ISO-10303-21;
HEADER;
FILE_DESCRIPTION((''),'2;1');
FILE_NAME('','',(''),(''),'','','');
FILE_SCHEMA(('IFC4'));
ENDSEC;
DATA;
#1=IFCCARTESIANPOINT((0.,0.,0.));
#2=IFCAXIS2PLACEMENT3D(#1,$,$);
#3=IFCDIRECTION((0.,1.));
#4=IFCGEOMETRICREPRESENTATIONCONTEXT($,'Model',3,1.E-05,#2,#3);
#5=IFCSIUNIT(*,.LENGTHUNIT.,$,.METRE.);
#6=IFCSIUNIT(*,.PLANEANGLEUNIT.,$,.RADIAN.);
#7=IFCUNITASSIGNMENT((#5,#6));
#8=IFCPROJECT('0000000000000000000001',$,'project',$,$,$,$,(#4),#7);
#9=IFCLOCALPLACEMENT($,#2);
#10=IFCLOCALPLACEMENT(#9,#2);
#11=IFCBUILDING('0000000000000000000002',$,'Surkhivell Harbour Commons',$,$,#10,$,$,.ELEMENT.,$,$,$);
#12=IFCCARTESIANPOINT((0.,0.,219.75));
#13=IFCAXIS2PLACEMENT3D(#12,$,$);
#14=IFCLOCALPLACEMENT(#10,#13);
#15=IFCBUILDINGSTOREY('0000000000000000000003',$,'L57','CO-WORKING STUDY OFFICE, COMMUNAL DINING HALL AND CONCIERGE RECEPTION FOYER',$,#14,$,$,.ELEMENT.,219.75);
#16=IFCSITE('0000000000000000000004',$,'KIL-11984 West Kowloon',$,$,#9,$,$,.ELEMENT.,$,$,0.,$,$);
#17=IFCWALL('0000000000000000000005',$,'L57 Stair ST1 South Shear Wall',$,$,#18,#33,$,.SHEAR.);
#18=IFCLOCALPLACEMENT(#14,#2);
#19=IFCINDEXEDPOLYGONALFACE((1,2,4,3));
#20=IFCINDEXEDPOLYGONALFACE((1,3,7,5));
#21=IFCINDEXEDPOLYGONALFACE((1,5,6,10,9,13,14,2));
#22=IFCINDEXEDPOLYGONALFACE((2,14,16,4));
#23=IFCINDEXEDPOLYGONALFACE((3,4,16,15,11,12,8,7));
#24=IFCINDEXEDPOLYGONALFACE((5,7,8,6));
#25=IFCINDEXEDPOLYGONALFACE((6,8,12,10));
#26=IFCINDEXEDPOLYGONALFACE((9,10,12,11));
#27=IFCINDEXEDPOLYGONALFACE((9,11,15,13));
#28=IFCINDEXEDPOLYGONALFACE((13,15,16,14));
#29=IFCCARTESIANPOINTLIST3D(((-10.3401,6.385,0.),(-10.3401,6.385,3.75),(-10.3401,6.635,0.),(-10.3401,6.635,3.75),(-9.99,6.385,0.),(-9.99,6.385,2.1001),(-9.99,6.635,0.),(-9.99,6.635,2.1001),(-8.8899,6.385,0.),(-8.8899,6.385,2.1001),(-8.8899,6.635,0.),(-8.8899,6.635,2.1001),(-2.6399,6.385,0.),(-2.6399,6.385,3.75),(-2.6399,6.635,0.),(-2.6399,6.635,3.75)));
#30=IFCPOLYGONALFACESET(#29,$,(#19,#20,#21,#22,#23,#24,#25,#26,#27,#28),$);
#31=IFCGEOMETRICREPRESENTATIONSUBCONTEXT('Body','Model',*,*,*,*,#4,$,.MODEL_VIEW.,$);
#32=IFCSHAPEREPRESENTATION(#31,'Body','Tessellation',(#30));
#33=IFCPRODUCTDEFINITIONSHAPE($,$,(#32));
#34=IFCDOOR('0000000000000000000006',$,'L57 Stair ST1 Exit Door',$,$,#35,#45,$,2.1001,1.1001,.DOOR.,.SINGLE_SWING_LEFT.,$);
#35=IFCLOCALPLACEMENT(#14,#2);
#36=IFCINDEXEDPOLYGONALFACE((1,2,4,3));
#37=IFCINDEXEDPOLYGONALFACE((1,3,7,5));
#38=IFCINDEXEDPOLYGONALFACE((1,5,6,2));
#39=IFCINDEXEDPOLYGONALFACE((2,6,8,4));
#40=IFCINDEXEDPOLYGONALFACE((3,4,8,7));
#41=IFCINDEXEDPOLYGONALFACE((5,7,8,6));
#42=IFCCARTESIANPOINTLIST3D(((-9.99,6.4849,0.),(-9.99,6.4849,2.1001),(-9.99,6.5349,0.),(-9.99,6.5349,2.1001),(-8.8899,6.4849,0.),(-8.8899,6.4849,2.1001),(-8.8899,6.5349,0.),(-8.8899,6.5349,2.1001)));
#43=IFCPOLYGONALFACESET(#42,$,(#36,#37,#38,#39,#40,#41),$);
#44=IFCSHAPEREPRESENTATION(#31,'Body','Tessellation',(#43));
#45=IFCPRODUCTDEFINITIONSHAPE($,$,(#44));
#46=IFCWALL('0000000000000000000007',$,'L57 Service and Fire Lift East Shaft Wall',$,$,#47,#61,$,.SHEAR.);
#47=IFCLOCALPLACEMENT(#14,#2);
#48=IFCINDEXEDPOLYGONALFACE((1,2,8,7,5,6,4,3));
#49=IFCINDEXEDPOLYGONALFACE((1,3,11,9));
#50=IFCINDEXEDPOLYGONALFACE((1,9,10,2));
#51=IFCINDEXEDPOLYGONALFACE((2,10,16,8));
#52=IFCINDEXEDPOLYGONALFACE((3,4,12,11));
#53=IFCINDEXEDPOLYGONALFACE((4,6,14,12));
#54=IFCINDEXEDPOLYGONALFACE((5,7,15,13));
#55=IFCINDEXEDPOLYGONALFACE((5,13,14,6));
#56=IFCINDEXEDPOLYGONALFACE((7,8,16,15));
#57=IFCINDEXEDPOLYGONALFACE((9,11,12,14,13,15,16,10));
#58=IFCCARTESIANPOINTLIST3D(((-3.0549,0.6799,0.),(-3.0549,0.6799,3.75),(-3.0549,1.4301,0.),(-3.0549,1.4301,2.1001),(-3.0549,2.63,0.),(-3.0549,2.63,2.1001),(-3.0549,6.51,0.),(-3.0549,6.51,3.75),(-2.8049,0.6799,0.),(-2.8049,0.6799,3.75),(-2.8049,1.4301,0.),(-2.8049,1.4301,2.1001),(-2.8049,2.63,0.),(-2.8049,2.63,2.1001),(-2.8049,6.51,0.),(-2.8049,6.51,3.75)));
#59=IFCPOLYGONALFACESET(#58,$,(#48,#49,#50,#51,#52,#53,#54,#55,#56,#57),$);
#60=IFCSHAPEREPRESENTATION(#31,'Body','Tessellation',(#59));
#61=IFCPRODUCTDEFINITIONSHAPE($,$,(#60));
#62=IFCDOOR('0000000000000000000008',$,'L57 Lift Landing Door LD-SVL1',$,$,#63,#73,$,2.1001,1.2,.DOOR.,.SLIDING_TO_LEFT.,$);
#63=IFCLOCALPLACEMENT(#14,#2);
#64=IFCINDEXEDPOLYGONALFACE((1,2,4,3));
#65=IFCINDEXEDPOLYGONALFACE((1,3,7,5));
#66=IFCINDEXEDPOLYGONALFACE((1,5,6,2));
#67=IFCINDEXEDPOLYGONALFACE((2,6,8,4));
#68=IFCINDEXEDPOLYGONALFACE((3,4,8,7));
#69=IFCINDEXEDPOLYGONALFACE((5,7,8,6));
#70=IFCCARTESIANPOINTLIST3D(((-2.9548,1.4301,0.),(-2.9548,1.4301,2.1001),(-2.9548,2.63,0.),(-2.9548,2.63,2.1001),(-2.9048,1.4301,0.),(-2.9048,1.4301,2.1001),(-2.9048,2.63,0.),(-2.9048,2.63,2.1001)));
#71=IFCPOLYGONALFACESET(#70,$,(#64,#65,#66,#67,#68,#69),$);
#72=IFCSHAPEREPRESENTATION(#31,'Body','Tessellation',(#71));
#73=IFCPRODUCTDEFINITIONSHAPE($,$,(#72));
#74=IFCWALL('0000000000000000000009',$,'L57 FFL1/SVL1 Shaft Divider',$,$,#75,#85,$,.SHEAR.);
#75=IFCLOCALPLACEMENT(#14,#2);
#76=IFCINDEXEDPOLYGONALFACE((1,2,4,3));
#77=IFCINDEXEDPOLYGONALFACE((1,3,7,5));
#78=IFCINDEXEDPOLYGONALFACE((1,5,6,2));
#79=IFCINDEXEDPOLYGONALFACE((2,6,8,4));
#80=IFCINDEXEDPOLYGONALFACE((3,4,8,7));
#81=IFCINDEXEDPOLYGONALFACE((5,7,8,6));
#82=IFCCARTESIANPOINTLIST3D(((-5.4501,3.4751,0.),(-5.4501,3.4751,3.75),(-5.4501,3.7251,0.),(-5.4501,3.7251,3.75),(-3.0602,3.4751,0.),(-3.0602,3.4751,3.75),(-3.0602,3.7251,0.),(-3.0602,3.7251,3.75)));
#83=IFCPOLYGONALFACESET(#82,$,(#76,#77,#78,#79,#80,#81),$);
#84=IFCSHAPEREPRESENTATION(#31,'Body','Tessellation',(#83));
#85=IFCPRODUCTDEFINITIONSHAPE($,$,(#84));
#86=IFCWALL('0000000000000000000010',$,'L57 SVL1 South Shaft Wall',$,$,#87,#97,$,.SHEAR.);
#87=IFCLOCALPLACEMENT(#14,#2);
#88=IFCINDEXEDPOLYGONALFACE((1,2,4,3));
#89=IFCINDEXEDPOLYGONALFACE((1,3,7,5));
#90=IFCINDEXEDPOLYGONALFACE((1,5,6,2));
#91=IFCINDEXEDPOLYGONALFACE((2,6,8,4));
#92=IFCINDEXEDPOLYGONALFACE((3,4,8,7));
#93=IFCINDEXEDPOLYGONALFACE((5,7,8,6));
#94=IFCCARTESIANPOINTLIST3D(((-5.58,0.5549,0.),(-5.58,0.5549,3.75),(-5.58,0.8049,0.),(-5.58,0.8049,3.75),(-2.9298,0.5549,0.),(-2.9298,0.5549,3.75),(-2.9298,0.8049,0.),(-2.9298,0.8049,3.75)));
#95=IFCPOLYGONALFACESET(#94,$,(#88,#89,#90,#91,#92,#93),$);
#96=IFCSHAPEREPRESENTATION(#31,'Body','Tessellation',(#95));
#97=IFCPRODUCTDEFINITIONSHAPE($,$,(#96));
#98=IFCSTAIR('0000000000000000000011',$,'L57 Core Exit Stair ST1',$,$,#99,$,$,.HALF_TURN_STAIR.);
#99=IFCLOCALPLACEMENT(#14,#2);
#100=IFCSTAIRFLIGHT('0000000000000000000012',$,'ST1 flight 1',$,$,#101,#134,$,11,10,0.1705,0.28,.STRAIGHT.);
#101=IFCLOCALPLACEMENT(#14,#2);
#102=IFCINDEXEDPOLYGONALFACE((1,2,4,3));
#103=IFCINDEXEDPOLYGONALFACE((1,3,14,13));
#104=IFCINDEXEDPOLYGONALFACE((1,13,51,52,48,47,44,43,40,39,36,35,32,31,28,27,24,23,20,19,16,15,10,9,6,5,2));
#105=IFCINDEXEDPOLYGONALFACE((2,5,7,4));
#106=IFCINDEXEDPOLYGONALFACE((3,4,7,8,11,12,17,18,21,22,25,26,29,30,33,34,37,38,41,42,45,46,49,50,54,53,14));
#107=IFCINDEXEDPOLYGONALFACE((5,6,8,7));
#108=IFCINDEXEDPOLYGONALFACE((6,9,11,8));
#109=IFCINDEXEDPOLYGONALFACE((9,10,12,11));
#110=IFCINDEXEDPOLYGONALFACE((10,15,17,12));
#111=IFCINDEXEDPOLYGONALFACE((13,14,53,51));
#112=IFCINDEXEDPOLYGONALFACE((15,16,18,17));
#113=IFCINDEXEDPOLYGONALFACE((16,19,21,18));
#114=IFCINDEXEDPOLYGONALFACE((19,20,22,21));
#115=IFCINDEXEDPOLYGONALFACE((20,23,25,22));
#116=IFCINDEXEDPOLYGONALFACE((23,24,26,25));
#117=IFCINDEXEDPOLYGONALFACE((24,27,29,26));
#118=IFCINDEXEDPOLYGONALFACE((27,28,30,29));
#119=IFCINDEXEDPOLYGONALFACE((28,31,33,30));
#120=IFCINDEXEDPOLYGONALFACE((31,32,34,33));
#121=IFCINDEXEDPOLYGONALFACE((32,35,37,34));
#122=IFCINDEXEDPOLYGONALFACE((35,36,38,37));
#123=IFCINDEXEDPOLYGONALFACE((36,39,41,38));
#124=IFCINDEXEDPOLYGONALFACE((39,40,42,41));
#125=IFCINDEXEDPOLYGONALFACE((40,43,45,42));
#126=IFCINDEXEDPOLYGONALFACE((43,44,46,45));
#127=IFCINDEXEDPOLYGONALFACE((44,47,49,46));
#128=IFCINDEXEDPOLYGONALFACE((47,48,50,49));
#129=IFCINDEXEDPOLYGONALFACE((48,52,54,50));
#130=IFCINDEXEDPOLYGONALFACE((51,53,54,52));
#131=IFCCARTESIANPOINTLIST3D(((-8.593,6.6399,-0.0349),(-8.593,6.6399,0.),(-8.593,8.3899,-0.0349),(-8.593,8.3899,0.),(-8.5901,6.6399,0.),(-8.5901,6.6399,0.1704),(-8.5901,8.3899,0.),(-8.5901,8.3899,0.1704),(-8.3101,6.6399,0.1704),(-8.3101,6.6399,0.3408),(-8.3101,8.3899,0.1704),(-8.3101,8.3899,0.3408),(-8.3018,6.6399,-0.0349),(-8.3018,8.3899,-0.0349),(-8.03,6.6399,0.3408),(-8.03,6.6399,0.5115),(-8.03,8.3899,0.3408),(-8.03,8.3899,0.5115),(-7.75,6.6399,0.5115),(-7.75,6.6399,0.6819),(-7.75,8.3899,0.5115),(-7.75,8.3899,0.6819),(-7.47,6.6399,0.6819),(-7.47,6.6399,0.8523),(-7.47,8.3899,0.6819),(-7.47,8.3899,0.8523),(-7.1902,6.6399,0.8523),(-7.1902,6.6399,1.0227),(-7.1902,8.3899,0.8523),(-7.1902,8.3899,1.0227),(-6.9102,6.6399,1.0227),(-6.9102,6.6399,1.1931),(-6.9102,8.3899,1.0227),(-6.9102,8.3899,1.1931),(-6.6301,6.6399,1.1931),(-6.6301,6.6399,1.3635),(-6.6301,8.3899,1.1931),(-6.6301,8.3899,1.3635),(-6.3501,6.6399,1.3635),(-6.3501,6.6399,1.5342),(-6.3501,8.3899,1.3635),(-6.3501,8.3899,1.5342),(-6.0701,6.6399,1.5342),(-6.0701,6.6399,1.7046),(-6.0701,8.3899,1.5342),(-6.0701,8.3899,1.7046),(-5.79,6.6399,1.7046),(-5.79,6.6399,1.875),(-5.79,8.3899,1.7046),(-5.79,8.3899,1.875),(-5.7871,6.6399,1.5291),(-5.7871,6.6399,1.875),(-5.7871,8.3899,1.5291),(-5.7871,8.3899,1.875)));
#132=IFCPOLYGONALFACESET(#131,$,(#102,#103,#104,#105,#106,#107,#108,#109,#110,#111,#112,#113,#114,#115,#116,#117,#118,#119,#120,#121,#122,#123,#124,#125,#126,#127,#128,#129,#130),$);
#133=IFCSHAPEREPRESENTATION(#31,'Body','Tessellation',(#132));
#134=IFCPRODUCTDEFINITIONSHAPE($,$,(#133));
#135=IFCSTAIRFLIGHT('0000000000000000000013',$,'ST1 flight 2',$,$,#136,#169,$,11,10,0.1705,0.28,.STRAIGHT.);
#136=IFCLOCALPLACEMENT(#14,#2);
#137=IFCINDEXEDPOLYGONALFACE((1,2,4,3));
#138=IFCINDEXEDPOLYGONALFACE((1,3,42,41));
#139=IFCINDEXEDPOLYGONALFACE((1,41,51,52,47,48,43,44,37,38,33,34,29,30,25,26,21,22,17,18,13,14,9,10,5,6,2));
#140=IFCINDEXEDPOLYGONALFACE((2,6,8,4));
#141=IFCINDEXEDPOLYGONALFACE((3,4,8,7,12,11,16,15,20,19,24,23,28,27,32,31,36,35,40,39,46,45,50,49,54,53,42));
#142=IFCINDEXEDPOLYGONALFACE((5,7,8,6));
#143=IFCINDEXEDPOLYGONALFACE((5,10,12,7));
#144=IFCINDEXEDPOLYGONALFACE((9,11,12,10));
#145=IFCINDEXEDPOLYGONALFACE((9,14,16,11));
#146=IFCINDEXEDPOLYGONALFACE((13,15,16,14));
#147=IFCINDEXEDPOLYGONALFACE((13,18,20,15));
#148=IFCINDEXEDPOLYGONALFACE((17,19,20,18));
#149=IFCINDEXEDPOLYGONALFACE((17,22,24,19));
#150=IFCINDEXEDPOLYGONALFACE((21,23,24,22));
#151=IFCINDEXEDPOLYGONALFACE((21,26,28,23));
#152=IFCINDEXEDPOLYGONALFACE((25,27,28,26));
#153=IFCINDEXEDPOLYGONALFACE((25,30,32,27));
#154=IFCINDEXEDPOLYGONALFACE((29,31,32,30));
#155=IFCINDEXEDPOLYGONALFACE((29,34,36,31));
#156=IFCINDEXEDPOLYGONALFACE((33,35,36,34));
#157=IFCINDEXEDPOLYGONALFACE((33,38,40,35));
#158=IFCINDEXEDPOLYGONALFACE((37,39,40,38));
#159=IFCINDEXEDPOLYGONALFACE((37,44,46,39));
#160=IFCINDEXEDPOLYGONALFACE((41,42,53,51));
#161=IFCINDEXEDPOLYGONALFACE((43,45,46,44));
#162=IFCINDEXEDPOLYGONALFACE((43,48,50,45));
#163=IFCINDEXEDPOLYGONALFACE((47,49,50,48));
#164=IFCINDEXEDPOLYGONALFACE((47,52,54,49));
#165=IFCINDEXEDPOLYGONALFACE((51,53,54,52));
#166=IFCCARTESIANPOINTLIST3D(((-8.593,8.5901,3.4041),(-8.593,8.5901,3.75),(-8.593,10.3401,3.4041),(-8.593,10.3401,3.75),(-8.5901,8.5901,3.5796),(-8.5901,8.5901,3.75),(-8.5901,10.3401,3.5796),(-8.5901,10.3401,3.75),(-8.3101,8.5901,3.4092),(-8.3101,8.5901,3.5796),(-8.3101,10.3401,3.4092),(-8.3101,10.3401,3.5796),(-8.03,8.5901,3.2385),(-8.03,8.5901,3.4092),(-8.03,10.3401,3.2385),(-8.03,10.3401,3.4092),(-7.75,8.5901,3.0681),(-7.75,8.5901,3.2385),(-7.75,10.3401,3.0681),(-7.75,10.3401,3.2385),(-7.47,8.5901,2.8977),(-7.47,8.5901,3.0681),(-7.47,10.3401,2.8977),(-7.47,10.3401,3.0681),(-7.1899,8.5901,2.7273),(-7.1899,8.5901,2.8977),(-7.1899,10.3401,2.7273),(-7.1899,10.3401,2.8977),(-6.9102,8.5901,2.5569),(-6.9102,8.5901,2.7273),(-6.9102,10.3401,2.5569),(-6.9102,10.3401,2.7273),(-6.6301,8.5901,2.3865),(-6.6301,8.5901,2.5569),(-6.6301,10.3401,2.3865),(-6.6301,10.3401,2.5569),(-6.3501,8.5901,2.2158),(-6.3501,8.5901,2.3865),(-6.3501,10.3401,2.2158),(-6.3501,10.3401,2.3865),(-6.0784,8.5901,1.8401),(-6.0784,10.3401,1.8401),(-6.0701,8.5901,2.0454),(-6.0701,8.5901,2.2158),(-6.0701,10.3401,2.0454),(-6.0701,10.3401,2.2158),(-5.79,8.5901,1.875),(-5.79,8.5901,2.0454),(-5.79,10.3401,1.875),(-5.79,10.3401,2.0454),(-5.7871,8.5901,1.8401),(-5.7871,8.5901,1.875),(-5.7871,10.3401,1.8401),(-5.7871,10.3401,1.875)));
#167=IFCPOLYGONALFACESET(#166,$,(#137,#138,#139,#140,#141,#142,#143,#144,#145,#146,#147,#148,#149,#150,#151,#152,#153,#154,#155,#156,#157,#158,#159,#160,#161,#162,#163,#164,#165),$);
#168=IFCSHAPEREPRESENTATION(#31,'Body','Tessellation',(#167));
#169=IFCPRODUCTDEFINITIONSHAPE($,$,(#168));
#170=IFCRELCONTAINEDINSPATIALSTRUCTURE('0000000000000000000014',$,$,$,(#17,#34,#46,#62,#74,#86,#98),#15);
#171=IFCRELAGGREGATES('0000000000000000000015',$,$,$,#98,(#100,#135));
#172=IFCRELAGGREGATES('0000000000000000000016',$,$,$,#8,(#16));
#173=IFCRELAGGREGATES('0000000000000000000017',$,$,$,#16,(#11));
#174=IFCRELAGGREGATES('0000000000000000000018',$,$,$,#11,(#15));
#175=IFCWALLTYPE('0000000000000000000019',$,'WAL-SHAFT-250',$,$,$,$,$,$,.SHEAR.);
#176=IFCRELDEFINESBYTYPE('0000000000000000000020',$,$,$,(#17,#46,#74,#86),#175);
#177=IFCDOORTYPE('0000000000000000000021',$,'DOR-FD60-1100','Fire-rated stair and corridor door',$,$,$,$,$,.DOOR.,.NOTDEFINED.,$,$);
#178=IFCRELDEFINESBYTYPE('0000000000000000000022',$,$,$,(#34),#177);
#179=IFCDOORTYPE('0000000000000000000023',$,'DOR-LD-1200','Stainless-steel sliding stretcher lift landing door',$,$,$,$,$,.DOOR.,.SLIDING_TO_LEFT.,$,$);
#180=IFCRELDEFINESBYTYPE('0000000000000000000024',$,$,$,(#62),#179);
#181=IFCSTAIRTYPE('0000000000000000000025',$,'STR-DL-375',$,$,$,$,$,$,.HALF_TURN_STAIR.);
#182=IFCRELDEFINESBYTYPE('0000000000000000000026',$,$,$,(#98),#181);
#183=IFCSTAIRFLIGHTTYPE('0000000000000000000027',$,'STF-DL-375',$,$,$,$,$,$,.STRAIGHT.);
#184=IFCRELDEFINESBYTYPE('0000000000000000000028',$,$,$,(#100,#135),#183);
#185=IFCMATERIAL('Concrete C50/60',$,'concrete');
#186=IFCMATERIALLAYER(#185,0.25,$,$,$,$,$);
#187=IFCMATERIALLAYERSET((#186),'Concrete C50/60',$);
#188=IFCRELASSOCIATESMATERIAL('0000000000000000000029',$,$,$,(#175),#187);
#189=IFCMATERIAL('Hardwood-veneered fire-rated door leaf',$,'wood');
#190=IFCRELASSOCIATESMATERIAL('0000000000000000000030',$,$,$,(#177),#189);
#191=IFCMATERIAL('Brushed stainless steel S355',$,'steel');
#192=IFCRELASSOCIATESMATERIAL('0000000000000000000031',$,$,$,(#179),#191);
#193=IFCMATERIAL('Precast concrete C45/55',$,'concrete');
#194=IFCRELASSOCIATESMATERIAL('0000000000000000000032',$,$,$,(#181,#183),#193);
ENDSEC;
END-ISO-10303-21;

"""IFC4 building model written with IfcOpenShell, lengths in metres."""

from ifc_helpers import new_model, si_unit, direction, frame, frame_2d, origin, place, context, subcontext, project, spatial, polyline, rectangle, outline, extrude, material, layer, layer_set, type_object, element, fill, aggregate, save


model = new_model("IFC4")

# Units and contexts
model_context = context("Model", 3, precision=1e-05, world=origin(), true_north=direction((0.0, 1.0)))
body_context = subcontext(model_context, "Body", "Model", "MODEL_VIEW")
ifc_project = project(units=[si_unit("LENGTHUNIT", "METRE"), si_unit("PLANEANGLEUNIT", "RADIAN")], contexts=[model_context])

# Site, building, storey
site_placement = place(None, origin())
site = spatial("IfcSite", under=ifc_project, at=site_placement, Name="KIL-11984 West Kowloon", CompositionType="ELEMENT", RefElevation=0.0)
building_placement = place(site_placement, origin())
building = spatial("IfcBuilding", under=site, at=building_placement, Name="Surkhivell Harbour Commons", CompositionType="ELEMENT")
storey_placement = place(building_placement, frame((0.0, 0.0, 219.75)))
storey = spatial("IfcBuildingStorey", under=building, at=storey_placement, Name="L57", Description="CO-WORKING STUDY OFFICE, COMMUNAL DINING HALL AND CONCIERGE RECEPTION FOYER", CompositionType="ELEMENT", Elevation=219.75)

# Shared definitions
ifc_material_1 = material(Name="Concrete C50/60", Category="concrete")
ifc_layer_1 = layer(ifc_material_1, 0.25)
ifc_layer_set_1 = layer_set([ifc_layer_1], Name="Concrete C50/60")
wall_type_1 = type_object("IfcWallType", Name="WAL-SHAFT-250", PredefinedType="SHEAR", material=ifc_layer_set_1)
ifc_material_2 = material(Name="Brushed stainless steel S355", Category="steel")
ifc_material_3 = material(Name="Hardwood-veneered fire-rated door leaf", Category="wood")

# Walls, openings, doors
wall_1_placement = place(storey_placement, frame((-10.3401, 6.51, 0.0), z_axis=(0.0, 0.0, 1.0), x_axis=(1.0, 0.0, 0.0)))
wall_1 = element("IfcWall", 1, at=wall_1_placement, inside=storey, type_object=wall_type_1, Name="L57 Stair ST1 South Shear Wall", PredefinedType="SHEAR", context=body_context, shape_type="SweptSolid", body=[
    extrude(rectangle(XDim=7.7002, YDim=0.25, at=frame_2d((3.8501, 0.0))), origin(), (0.0, 0.0, 1.0), 3.75),
])
opening_1_placement = place(wall_1_placement, frame((0.3501, 0.0, 0.0)))
opening_1 = element("IfcOpeningElement", 2, at=opening_1_placement, cuts=wall_1, PredefinedType="OPENING", context=body_context, shape_type="SweptSolid", body=[
    extrude(rectangle(XDim=1.1001, YDim=2.1001, at=frame_2d((0.55, 1.05))), frame((0.0, 0.135, 0.0), z_axis=(0.0, -1.0, 0.0), x_axis=(1.0, 0.0, 0.0)), (0.0, 0.0, 1.0), 0.27),
])
door_type_1 = type_object("IfcDoorType", Name="DOR-FD60-1100", Description="Fire-rated stair and corridor door", OperationType="NOTDEFINED", PredefinedType="DOOR", material=ifc_material_3)
door_1_placement = place(opening_1_placement, origin())
door_1 = element("IfcDoor", 3, at=door_1_placement, inside=storey, type_object=door_type_1, Name="L57 Stair ST1 Exit Door", OperationType="SINGLE_SWING_LEFT", OverallHeight=2.1001, OverallWidth=1.1001, PredefinedType="DOOR", context=body_context, shape_type="SweptSolid", body=[
    extrude(rectangle(XDim=1.1001, YDim=2.1001, at=frame_2d((0.55, 1.05))), frame((0.0, 0.0249, 0.0), z_axis=(0.0, -1.0, 0.0), x_axis=(1.0, 0.0, 0.0)), (0.0, 0.0, 1.0), 0.05),
])
fill(opening_1, door_1)
wall_2_placement = place(storey_placement, frame((-2.9299, 0.6799, 0.0), z_axis=(0.0, 0.0, 1.0), x_axis=(0.0, 1.0, 0.0)))
wall_2 = element("IfcWall", 4, at=wall_2_placement, inside=storey, type_object=wall_type_1, Name="L57 Service and Fire Lift East Shaft Wall", PredefinedType="SHEAR", context=body_context, shape_type="SweptSolid", body=[
    extrude(rectangle(XDim=5.8301, YDim=0.25, at=frame_2d((2.915, 0.0))), origin(), (0.0, 0.0, 1.0), 3.75),
])
opening_2_placement = place(wall_2_placement, frame((0.75, 0.0, 0.0)))
opening_2 = element("IfcOpeningElement", 5, at=opening_2_placement, cuts=wall_2, PredefinedType="OPENING", context=body_context, shape_type="SweptSolid", body=[
    extrude(rectangle(XDim=1.2, YDim=2.1001, at=frame_2d((0.6001, 1.05))), frame((0.0, 0.135, 0.0), z_axis=(0.0, -1.0, 0.0), x_axis=(1.0, 0.0, 0.0)), (0.0, 0.0, 1.0), 0.27),
])
door_type_2 = type_object("IfcDoorType", Name="DOR-LD-1200", Description="Stainless-steel sliding stretcher lift landing door", OperationType="SLIDING_TO_LEFT", PredefinedType="DOOR", material=ifc_material_2)
door_2_placement = place(opening_2_placement, origin())
door_2 = element("IfcDoor", 6, at=door_2_placement, inside=storey, type_object=door_type_2, Name="L57 Lift Landing Door LD-SVL1", OperationType="SLIDING_TO_LEFT", OverallHeight=2.1001, OverallWidth=1.2, PredefinedType="DOOR", context=body_context, shape_type="SweptSolid", body=[
    extrude(rectangle(XDim=1.2, YDim=2.1001, at=frame_2d((0.6001, 1.05))), frame((0.0, 0.0249, 0.0), z_axis=(0.0, -1.0, 0.0), x_axis=(1.0, 0.0, 0.0)), (0.0, 0.0, 1.0), 0.05),
])
fill(opening_2, door_2)

# Walls
wall_3_placement = place(storey_placement, frame((-5.45, 3.6001, 0.0), z_axis=(0.0, 0.0, 1.0), x_axis=(1.0, 0.0, 0.0)))
element("IfcWall", 7, at=wall_3_placement, inside=storey, type_object=wall_type_1, Name="L57 FFL1/SVL1 Shaft Divider", PredefinedType="SHEAR", context=body_context, shape_type="SweptSolid", body=[
    extrude(rectangle(XDim=2.3899, YDim=0.25, at=frame_2d((1.1948, 0.0))), origin(), (0.0, 0.0, 1.0), 3.75),
])
wall_4_placement = place(storey_placement, frame((-5.5801, 0.6799, 0.0), z_axis=(0.0, 0.0, 1.0), x_axis=(1.0, 0.0, 0.0)))
element("IfcWall", 8, at=wall_4_placement, inside=storey, type_object=wall_type_1, Name="L57 SVL1 South Shaft Wall", PredefinedType="SHEAR", context=body_context, shape_type="SweptSolid", body=[
    extrude(rectangle(XDim=2.6501, YDim=0.25, at=frame_2d((1.3252, 0.0))), origin(), (0.0, 0.0, 1.0), 3.75),
])

# Stair, stair flights
ifc_material_4 = material(Name="Precast concrete C45/55", Category="concrete")
stair_type = type_object("IfcStairType", Name="STR-DL-375", PredefinedType="HALF_TURN_STAIR", material=ifc_material_4)
stair_placement = place(storey_placement, origin())
stair = element("IfcStair", 9, at=stair_placement, inside=storey, type_object=stair_type, Name="L57 Core Exit Stair ST1", PredefinedType="HALF_TURN_STAIR")
stair_flight_type = type_object("IfcStairFlightType", Name="STF-DL-375", PredefinedType="STRAIGHT", material=ifc_material_4)
stair_flight_1_placement = place(storey_placement, frame((-8.5901, 7.5149, 0.0), z_axis=(0.0, 0.0, 1.0), x_axis=(1.0, 0.0, 0.0)))
stair_flight_1 = element("IfcStairFlight", 10, at=stair_flight_1_placement, type_object=stair_flight_type, Name="ST1 flight 1", NumberOfRisers=11, NumberOfTreads=10, PredefinedType="STRAIGHT", RiserHeight=0.1705, TreadLength=0.28, context=body_context, shape_type="SweptSolid", body=[
    extrude(outline(polyline([(-0.0029, -0.0349), (-0.0029, 0.0), (0.0, 0.0), (0.0, 0.1704), (0.28, 0.1704), (0.28, 0.3408), (0.5601, 0.3408), (0.5601, 0.5115), (0.8401, 0.5115), (0.8401, 0.6819), (1.1201, 0.6819), (1.1201, 0.8523), (1.3999, 0.8523), (1.3999, 1.0227), (1.6799, 1.0227), (1.6799, 1.1931), (1.96, 1.1931), (1.96, 1.3635), (2.24, 1.3635), (2.24, 1.5342), (2.52, 1.5342), (2.52, 1.7046), (2.8, 1.7046), (2.8, 1.875), (2.803, 1.875), (2.803, 1.5291), (0.2883, -0.0349), (-0.0029, -0.0349)])), frame((0.0, 0.875, 0.0), z_axis=(0.0, -1.0, 0.0), x_axis=(1.0, 0.0, 0.0)), (0.0, 0.0, 1.0), 1.75),
])
stair_flight_2_placement = place(storey_placement, frame((-5.79, 9.4651, 1.875), z_axis=(0.0, 0.0, 1.0), x_axis=(-1.0, 0.0, 0.0)))
stair_flight_2 = element("IfcStairFlight", 11, at=stair_flight_2_placement, type_object=stair_flight_type, Name="ST1 flight 2", NumberOfRisers=11, NumberOfTreads=10, PredefinedType="STRAIGHT", RiserHeight=0.1705, TreadLength=0.28, context=body_context, shape_type="SweptSolid", body=[
    extrude(outline(polyline([(-0.0029, -0.0349), (-0.0029, 0.0), (0.0, 0.0), (0.0, 0.1704), (0.28, 0.1704), (0.28, 0.3408), (0.5601, 0.3408), (0.5601, 0.5115), (0.8401, 0.5115), (0.8401, 0.6819), (1.1201, 0.6819), (1.1201, 0.8523), (1.3999, 0.8523), (1.3999, 1.0227), (1.6799, 1.0227), (1.6799, 1.1931), (1.96, 1.1931), (1.96, 1.3635), (2.24, 1.3635), (2.24, 1.5342), (2.52, 1.5342), (2.52, 1.7046), (2.8, 1.7046), (2.8, 1.875), (2.803, 1.875), (2.803, 1.5291), (0.2883, -0.0349), (-0.0029, -0.0349)])), frame((0.0, 0.875, 0.0), z_axis=(0.0, -1.0, 0.0), x_axis=(1.0, 0.0, 0.0)), (0.0, 0.0, 1.0), 1.75),
])
aggregate(stair, [stair_flight_1, stair_flight_2])

save(model, "model.ifc")
